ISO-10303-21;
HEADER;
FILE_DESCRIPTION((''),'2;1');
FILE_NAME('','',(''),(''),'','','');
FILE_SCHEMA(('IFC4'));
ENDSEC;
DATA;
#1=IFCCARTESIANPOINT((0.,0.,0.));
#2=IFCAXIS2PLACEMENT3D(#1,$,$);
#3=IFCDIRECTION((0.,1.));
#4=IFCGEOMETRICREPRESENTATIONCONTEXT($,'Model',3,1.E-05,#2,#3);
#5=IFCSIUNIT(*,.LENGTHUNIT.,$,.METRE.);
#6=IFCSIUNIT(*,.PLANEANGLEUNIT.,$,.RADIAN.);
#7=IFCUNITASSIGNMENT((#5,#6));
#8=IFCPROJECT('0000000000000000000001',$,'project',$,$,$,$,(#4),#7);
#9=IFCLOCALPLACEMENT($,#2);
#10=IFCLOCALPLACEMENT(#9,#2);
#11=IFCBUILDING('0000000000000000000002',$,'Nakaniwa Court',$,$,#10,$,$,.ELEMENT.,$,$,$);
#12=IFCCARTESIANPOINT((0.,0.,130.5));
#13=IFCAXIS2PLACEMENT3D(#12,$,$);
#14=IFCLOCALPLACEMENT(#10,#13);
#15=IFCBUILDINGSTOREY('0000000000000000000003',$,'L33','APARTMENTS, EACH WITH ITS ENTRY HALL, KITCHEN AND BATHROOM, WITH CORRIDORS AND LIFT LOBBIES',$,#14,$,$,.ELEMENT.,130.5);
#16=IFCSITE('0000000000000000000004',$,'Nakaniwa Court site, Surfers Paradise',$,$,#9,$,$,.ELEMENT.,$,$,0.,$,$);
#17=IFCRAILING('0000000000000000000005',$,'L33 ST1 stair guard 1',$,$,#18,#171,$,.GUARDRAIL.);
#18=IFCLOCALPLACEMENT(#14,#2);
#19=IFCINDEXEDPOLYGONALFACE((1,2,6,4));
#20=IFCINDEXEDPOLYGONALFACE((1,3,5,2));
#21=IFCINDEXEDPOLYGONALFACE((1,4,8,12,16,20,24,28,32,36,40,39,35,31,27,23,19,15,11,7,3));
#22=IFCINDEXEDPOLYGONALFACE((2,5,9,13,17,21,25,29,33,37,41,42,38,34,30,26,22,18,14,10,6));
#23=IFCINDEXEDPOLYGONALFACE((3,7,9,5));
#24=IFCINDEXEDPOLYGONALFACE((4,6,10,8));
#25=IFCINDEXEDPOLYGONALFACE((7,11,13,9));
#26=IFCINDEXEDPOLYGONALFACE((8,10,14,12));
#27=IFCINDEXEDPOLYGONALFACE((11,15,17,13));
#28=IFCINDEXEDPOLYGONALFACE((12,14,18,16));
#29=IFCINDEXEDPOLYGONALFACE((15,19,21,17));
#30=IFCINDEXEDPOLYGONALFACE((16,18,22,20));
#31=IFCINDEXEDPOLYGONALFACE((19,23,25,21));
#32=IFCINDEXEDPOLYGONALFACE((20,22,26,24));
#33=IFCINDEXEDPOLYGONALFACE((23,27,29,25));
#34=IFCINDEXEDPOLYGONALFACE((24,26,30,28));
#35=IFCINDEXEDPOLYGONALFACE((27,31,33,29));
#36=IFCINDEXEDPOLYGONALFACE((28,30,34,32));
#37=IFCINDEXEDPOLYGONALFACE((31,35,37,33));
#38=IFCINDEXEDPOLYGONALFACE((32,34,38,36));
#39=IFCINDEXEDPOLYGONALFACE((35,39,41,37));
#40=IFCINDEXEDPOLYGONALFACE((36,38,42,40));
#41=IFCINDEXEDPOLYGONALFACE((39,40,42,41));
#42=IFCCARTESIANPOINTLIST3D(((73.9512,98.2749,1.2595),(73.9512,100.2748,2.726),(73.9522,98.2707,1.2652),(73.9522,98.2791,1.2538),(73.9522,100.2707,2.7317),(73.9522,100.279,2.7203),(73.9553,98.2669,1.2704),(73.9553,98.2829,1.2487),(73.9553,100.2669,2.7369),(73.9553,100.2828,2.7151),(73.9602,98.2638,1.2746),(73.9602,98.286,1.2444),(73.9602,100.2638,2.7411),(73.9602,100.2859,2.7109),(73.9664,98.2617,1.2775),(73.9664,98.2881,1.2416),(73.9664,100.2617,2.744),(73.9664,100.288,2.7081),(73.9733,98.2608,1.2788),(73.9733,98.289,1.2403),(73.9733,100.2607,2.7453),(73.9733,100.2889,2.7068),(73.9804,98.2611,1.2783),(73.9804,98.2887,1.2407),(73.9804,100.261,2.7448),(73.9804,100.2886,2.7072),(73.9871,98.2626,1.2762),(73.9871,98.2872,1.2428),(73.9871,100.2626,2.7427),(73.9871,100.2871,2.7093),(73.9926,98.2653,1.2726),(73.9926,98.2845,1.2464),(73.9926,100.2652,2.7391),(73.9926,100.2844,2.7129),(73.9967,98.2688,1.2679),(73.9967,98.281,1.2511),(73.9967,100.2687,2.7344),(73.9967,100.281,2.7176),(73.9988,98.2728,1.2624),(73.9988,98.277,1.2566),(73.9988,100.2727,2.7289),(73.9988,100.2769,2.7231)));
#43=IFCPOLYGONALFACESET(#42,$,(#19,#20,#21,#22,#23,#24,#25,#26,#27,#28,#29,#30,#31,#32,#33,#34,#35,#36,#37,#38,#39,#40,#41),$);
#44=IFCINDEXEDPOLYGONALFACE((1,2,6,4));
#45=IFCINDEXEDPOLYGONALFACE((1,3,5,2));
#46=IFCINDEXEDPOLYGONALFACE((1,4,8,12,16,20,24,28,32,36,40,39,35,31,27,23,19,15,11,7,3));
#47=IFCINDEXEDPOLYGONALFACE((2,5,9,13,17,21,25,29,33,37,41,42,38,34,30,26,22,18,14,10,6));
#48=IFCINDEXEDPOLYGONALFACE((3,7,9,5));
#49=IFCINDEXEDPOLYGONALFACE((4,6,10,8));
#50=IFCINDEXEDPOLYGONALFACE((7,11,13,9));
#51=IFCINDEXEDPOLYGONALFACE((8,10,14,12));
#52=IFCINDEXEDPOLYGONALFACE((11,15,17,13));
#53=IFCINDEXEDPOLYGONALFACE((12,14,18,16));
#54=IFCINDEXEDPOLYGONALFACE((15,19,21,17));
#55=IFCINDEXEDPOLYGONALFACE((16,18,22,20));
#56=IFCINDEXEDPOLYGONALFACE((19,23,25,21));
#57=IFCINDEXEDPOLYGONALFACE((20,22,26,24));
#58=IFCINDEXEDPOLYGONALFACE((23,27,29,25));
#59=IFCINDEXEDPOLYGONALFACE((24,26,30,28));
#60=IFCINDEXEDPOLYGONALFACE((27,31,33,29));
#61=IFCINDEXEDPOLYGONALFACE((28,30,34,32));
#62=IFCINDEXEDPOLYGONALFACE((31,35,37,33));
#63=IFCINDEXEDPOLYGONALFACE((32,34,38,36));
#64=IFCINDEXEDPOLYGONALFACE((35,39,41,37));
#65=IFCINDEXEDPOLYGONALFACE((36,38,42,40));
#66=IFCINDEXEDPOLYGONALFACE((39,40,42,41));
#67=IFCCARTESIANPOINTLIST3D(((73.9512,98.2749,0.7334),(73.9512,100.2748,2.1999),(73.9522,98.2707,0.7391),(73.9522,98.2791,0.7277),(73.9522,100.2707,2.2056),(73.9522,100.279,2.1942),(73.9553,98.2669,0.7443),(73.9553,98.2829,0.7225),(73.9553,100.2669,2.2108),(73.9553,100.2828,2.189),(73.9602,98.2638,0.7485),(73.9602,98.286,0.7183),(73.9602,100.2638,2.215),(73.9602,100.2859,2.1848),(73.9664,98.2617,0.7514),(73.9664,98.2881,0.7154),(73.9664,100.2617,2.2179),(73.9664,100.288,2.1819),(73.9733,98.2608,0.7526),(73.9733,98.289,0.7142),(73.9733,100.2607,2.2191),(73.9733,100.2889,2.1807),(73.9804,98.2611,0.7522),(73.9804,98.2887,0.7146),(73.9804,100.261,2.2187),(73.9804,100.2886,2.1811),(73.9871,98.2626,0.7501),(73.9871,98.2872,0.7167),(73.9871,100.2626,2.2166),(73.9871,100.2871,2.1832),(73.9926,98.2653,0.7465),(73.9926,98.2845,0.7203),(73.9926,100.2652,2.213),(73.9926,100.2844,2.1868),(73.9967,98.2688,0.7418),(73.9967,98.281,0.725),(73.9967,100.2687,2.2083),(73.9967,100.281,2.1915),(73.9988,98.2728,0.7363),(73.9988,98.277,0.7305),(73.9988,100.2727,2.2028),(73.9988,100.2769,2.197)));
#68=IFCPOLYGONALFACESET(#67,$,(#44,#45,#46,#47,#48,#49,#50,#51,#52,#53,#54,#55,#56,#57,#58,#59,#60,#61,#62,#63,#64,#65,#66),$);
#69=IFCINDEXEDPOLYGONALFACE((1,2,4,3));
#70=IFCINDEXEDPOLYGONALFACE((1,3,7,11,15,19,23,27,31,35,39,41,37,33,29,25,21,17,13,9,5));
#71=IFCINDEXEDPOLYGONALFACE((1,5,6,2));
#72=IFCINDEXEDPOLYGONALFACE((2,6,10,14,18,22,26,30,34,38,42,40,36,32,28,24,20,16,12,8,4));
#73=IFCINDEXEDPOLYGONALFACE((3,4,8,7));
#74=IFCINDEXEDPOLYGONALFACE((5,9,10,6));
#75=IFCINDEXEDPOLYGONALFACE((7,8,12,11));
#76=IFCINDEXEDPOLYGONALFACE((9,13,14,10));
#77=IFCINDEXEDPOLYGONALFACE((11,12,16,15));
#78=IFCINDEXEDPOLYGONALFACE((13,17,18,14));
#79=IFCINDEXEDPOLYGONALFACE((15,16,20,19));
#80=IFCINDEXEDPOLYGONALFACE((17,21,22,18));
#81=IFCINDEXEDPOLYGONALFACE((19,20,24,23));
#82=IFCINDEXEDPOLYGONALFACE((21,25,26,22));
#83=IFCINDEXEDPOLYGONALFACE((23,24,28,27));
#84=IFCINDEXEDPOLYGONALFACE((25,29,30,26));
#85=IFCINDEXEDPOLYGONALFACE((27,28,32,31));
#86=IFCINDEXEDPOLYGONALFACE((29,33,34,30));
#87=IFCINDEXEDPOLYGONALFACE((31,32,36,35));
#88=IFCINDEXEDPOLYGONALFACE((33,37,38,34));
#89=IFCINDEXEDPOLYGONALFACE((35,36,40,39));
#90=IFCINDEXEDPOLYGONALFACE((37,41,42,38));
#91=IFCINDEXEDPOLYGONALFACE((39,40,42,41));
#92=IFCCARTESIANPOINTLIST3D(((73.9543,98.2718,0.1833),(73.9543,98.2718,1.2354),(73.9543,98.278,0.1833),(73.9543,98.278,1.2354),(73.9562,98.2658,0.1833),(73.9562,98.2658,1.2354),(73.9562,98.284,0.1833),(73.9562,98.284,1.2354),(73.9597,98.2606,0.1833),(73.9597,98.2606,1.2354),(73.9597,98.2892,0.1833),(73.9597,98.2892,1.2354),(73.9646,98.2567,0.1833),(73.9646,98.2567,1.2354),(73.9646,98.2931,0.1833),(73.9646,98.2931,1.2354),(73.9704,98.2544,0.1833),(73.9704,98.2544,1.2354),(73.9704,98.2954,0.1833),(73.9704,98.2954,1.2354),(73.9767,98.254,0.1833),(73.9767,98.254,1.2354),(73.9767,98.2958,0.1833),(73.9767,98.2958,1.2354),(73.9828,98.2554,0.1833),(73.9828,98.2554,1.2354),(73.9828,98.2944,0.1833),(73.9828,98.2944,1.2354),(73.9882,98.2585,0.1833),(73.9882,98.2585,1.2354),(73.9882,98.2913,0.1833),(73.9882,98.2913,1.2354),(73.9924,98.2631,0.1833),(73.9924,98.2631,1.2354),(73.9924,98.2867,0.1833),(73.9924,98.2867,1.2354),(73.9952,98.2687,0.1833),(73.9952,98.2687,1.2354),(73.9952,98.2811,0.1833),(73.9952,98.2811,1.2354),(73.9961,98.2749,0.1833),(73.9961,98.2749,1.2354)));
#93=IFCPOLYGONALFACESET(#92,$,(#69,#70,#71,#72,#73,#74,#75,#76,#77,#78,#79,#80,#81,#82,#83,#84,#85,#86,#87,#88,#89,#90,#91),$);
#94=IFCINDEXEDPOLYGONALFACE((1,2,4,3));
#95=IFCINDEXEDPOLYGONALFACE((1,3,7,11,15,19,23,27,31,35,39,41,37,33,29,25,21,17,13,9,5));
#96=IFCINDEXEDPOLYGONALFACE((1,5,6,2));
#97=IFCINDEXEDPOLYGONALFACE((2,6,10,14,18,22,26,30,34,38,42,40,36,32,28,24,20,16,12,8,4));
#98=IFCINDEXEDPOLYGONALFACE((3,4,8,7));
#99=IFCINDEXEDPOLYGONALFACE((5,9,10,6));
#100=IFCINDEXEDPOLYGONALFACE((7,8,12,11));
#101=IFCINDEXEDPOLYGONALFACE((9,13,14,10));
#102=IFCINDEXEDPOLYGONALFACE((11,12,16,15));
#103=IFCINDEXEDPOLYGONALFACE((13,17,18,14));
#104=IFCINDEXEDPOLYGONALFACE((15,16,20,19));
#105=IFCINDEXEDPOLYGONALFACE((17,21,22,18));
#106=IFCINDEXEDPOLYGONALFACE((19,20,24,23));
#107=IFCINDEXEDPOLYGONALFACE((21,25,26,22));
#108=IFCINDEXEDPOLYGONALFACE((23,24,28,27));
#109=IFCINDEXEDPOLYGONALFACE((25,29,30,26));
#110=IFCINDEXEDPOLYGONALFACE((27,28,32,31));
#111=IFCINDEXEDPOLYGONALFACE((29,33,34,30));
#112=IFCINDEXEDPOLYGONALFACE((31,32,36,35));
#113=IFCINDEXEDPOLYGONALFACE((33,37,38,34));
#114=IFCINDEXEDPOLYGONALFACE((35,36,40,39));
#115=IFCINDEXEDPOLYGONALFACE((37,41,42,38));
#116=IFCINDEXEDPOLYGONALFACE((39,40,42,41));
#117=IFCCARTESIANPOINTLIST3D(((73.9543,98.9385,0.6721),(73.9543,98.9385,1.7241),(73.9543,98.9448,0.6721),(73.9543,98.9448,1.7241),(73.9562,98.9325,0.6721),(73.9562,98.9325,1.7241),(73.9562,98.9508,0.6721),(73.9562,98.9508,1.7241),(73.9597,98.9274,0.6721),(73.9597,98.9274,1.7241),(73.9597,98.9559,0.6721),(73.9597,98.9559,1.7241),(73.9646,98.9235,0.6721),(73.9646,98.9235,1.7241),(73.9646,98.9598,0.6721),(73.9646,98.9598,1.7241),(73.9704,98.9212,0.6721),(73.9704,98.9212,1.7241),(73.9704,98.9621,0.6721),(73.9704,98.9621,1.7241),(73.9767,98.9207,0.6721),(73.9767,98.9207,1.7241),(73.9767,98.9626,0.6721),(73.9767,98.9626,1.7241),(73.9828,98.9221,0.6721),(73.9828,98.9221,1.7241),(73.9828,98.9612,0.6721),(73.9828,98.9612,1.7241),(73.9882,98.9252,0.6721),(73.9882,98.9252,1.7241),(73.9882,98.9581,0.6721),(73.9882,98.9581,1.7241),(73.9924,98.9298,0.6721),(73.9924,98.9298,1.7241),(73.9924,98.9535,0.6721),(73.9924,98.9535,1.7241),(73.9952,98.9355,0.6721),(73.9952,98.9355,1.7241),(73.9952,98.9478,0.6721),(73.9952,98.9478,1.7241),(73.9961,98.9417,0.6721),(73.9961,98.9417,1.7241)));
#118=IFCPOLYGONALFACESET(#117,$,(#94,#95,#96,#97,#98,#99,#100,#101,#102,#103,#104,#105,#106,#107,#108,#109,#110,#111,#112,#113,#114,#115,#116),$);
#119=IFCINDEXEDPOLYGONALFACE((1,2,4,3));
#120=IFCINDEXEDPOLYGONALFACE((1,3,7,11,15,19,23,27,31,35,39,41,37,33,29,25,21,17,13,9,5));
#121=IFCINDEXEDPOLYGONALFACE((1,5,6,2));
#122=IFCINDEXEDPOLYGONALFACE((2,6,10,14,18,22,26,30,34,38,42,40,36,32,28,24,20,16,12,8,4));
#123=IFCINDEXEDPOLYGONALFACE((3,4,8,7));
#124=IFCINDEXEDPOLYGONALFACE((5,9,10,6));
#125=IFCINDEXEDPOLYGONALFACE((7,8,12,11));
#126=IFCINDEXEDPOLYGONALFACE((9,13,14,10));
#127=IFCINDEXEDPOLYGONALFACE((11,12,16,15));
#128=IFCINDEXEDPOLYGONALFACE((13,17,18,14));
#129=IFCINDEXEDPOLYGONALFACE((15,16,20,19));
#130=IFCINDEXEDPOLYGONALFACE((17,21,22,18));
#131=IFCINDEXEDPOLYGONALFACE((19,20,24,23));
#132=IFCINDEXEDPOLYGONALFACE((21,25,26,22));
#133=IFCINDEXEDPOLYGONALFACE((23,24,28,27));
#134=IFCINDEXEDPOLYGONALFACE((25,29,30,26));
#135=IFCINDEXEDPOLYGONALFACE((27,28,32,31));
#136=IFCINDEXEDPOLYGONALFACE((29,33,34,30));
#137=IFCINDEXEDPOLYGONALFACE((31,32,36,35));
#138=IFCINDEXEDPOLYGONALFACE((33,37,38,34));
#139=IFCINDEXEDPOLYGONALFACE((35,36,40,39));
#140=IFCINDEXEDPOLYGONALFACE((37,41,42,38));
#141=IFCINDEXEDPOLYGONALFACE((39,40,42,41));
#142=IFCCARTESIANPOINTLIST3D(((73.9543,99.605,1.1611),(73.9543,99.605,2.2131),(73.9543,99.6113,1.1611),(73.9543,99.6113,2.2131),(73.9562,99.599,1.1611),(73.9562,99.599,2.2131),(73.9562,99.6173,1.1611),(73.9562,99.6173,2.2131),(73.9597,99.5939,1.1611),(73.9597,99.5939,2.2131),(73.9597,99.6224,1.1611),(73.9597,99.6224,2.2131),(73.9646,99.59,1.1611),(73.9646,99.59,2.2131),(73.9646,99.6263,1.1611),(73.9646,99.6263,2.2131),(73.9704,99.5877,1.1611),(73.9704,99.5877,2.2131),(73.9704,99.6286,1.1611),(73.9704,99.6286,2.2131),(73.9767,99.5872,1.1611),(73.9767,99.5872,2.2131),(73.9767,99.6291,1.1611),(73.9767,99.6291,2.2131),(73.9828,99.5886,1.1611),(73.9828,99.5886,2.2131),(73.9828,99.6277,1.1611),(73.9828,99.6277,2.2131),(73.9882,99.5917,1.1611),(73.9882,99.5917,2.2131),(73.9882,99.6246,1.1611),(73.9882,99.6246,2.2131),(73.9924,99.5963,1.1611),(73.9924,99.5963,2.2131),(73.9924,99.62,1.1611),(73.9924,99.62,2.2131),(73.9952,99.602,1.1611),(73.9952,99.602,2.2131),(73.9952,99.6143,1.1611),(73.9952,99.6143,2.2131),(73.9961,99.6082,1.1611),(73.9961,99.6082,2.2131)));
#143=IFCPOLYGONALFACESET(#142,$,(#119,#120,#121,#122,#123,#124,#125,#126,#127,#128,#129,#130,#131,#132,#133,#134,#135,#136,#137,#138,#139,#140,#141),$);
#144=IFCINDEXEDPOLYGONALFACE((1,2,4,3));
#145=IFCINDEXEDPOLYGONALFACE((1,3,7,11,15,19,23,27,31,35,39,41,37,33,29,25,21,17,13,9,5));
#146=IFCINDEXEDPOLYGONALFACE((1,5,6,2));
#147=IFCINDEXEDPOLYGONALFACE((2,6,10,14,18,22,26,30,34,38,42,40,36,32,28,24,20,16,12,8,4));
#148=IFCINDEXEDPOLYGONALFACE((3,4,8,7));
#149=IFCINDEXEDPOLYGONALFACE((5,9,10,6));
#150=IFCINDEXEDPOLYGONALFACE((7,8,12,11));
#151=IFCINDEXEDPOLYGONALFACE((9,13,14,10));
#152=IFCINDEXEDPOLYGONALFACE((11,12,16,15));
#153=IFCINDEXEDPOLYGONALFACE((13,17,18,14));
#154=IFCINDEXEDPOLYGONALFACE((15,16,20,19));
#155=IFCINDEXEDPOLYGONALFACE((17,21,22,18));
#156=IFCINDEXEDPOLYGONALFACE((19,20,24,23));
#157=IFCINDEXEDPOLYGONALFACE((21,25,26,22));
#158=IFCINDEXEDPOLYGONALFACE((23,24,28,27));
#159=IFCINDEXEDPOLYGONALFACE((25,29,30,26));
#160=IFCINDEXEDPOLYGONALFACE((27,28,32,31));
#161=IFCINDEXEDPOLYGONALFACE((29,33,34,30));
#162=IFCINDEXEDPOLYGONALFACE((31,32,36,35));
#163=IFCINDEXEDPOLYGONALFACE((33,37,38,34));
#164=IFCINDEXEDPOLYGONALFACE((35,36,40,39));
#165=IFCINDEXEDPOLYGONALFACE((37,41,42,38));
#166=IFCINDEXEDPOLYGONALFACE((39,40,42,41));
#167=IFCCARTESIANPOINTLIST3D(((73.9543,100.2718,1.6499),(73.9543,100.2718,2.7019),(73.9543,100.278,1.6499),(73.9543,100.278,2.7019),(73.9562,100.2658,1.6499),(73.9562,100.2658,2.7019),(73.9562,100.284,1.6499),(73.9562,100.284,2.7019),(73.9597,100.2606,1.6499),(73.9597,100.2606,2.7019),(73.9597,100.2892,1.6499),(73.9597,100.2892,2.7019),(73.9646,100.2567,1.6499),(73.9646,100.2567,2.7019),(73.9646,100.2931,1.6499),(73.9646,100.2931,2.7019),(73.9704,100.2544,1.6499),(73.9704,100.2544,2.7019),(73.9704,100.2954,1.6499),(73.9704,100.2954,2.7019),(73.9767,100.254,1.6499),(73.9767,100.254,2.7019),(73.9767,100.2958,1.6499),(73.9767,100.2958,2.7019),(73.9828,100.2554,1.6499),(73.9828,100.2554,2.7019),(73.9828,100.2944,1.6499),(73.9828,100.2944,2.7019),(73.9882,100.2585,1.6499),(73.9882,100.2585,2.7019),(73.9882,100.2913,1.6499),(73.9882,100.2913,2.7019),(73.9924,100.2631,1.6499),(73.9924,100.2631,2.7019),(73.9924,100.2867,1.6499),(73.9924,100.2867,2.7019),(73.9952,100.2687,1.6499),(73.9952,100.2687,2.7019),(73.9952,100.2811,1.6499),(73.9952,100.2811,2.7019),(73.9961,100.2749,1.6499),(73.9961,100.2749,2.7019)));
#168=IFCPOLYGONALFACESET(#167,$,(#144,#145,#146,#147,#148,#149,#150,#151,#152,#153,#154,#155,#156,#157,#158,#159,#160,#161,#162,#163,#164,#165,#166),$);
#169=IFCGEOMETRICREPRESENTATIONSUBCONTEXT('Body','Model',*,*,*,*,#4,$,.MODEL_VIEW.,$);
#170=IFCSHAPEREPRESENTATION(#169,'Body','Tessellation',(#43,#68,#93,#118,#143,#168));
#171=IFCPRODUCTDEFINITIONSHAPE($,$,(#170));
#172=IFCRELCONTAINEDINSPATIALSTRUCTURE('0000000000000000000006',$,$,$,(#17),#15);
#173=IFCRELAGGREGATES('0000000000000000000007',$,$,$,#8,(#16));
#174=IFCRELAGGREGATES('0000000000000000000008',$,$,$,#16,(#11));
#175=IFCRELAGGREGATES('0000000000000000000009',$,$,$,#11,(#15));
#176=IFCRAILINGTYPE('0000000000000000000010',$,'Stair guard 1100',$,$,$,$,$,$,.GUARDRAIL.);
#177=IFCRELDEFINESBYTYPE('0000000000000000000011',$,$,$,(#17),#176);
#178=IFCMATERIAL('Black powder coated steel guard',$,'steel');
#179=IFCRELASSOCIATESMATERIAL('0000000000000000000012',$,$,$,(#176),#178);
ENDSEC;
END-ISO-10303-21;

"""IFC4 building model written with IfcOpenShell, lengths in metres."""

from ifc_helpers import new_model, si_unit, direction, frame, origin, origin_2d, place, context, subcontext, project, spatial, circle, extrude, material, type_object, element, save


model = new_model("IFC4")

# Units and contexts
model_context = context("Model", 3, precision=1e-05, world=origin(), true_north=direction((0.0, 1.0)))
body_context = subcontext(model_context, "Body", "Model", "MODEL_VIEW")
ifc_project = project(units=[si_unit("LENGTHUNIT", "METRE"), si_unit("PLANEANGLEUNIT", "RADIAN")], contexts=[model_context])

# Site, building, storey
site_placement = place(None, origin())
site = spatial("IfcSite", under=ifc_project, at=site_placement, Name="Nakaniwa Court site, Surfers Paradise", CompositionType="ELEMENT", RefElevation=0.0)
building_placement = place(site_placement, origin())
building = spatial("IfcBuilding", under=site, at=building_placement, Name="Nakaniwa Court", CompositionType="ELEMENT")
storey_placement = place(building_placement, frame((0.0, 0.0, 130.5)))
storey = spatial("IfcBuildingStorey", under=building, at=storey_placement, Name="L33", Description="APARTMENTS, EACH WITH ITS ENTRY HALL, KITCHEN AND BATHROOM, WITH CORRIDORS AND LIFT LOBBIES", CompositionType="ELEMENT", Elevation=130.5)

# Railing
ifc_material_1 = material(Name="Black powder coated steel guard", Category="steel")
railing_type_1 = type_object("IfcRailingType", Name="Stair guard 1100", PredefinedType="GUARDRAIL", material=ifc_material_1)
railing_1_placement = place(storey_placement, frame((73.9751, 98.2749, 0.1833)))
element("IfcRailing", 1, at=railing_1_placement, inside=storey, type_object=railing_type_1, Name="L33 ST1 stair guard 1", PredefinedType="GUARDRAIL", context=body_context, shape_type="SweptSolid", body=[
    extrude(circle(Radius=0.0239, at=origin_2d()), frame((0.0, 0.0, 1.0762), z_axis=(0.0, 0.806427, 0.591334), x_axis=(-1.0, 0.0, 0.0)), (0.0, 0.0, 1.0), 2.48),
    extrude(circle(Radius=0.0239, at=origin_2d()), frame((0.0, 0.0, 0.55), z_axis=(0.0, 0.806427, 0.591334), x_axis=(-1.0, 0.0, 0.0)), (0.0, 0.0, 1.0), 2.48),
    extrude(circle(Radius=0.021, at=origin_2d()), origin(), (0.0, 0.0, 1.0), 1.052),
    extrude(circle(Radius=0.021, at=origin_2d()), frame((0.0, 0.6667, 0.4888)), (0.0, 0.0, 1.0), 1.052),
    extrude(circle(Radius=0.021, at=origin_2d()), frame((0.0, 1.3333, 0.9778)), (0.0, 0.0, 1.0), 1.052),
    extrude(circle(Radius=0.021, at=origin_2d()), frame((0.0, 2.0, 1.4666)), (0.0, 0.0, 1.0), 1.052),
])

save(model, "model.ifc")
